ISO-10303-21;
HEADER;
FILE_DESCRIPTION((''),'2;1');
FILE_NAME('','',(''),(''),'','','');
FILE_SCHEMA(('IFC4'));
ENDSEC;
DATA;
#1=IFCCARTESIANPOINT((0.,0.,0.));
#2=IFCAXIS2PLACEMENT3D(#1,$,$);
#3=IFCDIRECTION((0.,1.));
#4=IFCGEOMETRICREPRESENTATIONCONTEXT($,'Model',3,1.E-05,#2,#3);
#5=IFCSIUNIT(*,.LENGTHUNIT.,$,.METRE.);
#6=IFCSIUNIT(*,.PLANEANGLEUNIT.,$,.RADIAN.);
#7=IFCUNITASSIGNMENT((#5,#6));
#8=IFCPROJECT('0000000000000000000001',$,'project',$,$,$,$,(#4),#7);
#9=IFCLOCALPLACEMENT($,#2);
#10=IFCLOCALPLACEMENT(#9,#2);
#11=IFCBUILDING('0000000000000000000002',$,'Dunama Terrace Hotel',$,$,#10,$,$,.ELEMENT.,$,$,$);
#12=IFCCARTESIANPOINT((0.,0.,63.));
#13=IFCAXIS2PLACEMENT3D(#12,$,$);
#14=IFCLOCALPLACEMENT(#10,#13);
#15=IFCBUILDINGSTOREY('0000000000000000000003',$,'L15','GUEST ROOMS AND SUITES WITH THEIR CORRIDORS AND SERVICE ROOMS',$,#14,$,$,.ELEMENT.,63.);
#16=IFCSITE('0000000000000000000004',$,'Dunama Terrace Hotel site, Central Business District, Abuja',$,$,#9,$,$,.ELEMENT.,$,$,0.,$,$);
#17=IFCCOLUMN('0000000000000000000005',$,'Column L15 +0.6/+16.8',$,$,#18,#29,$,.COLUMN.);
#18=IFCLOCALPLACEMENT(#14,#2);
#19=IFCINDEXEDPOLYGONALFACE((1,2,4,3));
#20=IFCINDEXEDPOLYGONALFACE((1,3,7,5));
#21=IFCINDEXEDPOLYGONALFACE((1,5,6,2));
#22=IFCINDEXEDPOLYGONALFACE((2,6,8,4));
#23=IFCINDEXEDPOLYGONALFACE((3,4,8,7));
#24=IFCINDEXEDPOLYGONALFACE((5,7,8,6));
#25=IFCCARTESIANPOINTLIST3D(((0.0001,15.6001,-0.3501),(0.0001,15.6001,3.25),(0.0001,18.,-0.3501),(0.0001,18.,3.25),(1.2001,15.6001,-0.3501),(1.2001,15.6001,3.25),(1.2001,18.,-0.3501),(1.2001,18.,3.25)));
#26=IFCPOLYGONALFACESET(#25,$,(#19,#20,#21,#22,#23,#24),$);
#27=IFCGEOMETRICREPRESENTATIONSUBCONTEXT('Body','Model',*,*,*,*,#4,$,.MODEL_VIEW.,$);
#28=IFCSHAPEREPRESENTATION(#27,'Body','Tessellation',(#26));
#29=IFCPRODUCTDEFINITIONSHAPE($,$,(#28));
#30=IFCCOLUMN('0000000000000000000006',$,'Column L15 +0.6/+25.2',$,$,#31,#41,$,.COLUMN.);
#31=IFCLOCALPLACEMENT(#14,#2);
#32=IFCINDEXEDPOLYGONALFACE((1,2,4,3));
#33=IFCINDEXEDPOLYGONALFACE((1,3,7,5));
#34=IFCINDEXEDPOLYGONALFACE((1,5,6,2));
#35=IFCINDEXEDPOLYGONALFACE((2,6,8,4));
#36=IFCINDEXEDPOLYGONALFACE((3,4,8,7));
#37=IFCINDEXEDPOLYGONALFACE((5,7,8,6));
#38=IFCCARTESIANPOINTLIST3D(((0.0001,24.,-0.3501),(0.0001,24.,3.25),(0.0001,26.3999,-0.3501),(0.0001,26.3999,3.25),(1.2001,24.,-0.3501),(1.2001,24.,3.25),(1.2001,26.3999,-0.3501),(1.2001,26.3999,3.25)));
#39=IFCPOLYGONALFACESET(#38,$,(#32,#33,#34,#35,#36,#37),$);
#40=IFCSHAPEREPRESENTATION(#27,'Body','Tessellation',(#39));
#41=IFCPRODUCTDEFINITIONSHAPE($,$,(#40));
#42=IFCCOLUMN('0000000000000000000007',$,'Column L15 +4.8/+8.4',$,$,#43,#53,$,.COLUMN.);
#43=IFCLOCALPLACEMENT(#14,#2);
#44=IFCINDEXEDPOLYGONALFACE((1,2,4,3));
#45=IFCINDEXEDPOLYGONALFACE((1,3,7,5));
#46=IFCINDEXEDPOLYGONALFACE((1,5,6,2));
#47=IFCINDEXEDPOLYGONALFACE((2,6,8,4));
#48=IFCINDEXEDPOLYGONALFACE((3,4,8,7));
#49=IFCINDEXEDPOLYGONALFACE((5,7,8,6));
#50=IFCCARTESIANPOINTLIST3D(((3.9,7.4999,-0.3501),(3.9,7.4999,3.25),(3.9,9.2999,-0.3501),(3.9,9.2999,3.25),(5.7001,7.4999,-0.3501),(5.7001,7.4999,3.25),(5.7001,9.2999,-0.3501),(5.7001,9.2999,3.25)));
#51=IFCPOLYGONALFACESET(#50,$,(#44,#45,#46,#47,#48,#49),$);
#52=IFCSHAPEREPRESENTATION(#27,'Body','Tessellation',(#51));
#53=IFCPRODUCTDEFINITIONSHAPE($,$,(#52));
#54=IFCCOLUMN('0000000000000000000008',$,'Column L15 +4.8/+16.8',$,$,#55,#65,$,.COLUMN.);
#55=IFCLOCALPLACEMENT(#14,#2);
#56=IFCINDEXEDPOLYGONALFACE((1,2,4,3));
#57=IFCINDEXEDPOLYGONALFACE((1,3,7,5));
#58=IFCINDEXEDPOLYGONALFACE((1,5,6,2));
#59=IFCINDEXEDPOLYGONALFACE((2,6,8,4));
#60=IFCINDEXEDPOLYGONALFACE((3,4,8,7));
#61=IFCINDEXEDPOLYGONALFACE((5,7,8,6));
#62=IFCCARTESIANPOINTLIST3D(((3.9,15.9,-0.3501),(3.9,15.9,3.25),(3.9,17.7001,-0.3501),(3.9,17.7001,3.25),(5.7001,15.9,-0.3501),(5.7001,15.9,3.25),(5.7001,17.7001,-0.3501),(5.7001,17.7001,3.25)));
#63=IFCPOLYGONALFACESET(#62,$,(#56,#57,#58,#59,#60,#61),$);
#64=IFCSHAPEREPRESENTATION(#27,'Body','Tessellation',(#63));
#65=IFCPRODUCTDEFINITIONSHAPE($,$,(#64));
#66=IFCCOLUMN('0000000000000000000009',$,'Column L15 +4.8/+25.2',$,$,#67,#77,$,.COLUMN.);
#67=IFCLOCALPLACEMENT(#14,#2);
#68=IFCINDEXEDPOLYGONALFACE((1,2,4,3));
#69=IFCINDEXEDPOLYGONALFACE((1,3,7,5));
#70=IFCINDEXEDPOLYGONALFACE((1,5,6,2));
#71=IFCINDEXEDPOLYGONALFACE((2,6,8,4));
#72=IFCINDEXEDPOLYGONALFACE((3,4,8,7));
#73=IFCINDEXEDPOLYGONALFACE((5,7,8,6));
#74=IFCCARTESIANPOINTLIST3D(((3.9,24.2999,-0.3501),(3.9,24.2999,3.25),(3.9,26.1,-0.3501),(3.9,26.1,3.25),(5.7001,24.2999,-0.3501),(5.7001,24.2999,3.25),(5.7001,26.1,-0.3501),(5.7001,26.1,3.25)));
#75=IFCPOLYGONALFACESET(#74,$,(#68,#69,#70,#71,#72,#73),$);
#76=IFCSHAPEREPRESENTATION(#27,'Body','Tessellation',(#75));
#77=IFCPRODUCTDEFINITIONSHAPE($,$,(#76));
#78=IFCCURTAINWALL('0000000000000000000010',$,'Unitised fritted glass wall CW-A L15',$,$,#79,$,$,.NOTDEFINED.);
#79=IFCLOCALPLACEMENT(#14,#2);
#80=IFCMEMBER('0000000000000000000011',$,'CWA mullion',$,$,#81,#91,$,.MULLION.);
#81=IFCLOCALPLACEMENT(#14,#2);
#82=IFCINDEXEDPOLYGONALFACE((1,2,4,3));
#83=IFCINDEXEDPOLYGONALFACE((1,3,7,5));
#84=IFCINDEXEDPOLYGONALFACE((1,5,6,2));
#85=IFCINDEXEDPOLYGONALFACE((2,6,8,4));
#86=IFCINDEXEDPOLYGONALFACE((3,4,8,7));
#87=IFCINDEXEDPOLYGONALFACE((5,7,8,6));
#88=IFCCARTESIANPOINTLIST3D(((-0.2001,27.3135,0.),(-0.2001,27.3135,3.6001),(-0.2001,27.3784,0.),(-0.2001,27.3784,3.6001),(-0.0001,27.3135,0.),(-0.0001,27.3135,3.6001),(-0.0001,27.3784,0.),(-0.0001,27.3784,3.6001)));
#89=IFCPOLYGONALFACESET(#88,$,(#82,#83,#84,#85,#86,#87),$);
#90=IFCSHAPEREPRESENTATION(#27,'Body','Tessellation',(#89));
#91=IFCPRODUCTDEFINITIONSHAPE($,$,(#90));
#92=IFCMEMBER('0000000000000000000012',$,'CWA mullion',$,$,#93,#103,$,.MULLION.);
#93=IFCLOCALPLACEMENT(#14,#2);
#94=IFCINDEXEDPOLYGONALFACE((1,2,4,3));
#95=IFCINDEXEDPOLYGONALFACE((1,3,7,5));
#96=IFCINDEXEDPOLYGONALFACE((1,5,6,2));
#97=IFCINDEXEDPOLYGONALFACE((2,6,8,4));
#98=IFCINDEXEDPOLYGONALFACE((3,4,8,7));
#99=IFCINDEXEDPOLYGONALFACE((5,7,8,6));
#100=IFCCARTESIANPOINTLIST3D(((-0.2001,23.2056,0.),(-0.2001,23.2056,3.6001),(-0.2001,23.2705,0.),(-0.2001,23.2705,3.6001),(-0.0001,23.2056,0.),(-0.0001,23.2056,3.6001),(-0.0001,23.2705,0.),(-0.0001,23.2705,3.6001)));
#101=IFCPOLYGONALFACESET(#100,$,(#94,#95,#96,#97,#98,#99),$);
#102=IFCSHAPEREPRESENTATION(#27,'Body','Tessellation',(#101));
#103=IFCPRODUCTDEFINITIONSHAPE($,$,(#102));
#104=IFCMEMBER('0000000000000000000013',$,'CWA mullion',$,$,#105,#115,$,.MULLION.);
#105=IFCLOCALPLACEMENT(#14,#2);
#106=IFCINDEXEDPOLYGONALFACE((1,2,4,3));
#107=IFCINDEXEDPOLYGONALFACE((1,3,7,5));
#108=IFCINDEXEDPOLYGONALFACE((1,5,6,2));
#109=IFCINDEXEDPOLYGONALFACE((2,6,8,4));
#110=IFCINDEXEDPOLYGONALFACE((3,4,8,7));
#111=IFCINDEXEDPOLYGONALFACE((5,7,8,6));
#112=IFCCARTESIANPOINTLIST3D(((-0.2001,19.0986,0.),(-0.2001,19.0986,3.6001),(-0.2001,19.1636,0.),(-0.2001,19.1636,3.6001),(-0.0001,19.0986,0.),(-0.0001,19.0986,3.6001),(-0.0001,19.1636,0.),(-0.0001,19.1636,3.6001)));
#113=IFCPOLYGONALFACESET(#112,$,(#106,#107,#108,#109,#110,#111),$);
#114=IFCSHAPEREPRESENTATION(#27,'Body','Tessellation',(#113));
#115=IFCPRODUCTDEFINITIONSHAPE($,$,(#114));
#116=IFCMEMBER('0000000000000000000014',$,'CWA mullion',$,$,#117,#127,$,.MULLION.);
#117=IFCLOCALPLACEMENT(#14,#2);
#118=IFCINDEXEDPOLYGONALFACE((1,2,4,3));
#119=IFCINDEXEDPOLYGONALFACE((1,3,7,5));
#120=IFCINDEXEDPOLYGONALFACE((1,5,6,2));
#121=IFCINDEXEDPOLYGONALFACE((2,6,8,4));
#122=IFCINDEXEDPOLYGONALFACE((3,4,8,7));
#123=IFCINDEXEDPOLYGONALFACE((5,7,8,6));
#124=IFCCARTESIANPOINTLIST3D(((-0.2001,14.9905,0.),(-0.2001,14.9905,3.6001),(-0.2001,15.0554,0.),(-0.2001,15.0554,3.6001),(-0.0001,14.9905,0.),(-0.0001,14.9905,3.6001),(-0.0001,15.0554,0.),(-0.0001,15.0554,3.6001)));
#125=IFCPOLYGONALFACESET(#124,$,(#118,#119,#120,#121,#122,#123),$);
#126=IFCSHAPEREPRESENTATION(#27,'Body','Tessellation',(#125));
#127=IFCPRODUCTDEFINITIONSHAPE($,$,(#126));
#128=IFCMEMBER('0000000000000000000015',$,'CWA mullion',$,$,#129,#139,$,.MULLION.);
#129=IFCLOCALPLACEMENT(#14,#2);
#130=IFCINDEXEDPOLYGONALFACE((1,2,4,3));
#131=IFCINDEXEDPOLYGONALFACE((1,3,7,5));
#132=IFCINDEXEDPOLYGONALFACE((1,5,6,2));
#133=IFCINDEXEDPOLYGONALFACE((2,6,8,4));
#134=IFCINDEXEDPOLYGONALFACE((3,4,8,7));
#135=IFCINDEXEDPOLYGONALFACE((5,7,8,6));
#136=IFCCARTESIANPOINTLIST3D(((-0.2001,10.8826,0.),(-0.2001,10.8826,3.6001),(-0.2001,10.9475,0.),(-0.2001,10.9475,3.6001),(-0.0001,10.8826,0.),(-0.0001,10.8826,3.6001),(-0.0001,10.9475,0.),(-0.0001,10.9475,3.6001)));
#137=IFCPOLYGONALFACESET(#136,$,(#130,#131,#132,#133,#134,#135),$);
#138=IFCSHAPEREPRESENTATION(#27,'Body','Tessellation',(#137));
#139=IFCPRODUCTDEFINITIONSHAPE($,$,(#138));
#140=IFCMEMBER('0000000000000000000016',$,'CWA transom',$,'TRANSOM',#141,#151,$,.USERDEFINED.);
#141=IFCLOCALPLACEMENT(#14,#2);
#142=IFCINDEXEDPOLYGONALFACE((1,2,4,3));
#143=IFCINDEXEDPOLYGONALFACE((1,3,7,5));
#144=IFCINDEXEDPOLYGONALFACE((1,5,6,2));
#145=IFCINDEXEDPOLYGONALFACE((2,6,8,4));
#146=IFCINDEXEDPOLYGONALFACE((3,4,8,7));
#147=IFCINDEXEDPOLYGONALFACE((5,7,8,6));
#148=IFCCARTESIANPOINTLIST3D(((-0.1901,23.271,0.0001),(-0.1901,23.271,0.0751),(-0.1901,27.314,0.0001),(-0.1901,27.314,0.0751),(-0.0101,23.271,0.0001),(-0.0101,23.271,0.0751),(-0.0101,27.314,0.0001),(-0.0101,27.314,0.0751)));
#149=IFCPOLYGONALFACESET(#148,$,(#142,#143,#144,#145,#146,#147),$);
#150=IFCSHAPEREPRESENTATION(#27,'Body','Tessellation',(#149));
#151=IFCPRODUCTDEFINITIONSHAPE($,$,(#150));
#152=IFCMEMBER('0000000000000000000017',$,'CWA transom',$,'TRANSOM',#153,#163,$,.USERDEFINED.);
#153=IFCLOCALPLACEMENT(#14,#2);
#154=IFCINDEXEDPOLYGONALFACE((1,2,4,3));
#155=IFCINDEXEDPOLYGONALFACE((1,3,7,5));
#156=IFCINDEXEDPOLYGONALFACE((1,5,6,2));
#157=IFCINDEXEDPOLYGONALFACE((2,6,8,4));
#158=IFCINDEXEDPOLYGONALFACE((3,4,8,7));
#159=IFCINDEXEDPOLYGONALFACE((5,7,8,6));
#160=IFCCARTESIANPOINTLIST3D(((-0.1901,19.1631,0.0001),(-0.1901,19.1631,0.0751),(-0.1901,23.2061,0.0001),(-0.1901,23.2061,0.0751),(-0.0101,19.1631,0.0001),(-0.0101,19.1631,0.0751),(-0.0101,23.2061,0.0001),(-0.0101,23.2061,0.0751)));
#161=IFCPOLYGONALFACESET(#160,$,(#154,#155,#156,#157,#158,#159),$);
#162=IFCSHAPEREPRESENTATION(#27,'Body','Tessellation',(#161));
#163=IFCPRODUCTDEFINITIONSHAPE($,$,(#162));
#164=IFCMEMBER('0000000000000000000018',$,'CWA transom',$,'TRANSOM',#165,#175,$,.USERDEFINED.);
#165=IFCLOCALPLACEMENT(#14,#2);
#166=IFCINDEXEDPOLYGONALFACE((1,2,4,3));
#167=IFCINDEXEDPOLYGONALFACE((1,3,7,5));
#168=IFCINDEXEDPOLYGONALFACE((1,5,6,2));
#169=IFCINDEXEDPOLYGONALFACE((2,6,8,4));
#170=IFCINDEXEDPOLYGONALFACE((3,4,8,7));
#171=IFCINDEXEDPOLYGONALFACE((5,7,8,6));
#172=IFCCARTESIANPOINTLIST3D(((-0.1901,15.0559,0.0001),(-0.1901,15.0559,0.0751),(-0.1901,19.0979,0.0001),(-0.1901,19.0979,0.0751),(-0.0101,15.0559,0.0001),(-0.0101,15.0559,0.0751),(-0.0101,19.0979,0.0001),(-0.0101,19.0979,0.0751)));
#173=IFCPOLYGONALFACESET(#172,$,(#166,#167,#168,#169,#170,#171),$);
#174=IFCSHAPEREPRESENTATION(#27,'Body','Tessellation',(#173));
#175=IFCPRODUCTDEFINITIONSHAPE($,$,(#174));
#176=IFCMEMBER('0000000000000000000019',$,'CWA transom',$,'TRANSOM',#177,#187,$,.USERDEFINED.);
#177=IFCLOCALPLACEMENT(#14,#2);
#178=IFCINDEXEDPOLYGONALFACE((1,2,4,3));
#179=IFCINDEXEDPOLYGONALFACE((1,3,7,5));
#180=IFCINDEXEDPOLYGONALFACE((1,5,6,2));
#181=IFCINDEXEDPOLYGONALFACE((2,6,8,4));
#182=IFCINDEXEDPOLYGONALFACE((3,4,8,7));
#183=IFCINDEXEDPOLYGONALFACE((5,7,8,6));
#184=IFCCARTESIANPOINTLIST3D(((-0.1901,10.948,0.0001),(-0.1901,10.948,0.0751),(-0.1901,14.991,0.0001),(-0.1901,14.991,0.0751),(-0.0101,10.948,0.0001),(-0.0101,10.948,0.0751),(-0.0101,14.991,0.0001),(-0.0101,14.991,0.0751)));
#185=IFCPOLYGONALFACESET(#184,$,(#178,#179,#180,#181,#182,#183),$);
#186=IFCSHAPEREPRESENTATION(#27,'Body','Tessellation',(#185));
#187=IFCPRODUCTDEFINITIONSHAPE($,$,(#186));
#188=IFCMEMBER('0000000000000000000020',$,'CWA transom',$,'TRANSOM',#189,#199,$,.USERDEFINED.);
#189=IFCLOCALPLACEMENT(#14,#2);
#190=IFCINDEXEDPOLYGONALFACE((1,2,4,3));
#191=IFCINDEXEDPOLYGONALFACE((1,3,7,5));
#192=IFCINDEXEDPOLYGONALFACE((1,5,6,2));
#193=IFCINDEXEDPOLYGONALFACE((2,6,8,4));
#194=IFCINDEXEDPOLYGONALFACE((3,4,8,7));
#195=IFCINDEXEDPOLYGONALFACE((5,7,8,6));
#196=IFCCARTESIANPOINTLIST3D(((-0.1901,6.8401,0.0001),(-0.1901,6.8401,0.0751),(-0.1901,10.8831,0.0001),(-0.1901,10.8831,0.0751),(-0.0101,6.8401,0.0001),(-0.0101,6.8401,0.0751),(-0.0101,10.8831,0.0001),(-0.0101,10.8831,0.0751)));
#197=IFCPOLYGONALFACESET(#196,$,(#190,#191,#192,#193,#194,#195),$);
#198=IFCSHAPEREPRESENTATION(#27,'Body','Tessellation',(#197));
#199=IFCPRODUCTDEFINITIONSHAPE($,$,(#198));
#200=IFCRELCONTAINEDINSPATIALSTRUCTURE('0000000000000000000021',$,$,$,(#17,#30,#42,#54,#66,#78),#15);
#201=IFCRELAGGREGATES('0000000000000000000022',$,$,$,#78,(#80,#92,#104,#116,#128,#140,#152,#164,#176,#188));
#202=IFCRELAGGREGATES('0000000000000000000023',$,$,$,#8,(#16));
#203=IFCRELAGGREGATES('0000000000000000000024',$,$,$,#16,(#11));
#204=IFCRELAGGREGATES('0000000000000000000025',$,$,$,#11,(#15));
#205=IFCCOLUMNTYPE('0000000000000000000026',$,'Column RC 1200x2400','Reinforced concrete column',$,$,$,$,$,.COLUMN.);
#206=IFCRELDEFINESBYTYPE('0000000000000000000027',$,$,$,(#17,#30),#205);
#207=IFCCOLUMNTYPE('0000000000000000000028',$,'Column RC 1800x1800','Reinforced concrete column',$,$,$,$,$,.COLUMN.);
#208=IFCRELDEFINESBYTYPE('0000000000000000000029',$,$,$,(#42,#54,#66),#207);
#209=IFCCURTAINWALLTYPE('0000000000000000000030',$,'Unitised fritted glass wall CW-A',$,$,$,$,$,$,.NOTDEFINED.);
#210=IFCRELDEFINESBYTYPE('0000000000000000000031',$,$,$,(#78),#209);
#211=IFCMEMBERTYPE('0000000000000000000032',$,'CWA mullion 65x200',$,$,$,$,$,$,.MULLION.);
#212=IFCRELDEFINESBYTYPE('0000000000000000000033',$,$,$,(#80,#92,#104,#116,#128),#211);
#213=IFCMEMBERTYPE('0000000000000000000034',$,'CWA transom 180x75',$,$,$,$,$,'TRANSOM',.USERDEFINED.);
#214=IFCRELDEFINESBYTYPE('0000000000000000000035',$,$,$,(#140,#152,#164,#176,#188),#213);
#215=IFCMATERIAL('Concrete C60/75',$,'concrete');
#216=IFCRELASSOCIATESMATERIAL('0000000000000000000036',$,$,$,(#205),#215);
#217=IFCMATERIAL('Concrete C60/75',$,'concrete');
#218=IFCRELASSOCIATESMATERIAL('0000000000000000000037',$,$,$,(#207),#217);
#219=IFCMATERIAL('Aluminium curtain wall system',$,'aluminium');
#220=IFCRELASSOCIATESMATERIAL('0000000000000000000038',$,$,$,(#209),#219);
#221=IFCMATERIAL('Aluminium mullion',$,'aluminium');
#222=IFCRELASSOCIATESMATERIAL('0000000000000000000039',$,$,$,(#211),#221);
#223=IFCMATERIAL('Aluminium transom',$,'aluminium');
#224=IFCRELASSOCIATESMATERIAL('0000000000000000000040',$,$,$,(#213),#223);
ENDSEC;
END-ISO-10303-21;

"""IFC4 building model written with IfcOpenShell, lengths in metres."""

from ifc_helpers import new_model, si_unit, direction, frame, origin, origin_2d, place, context, subcontext, project, spatial, rectangle, extrude, material, material_profile, profile_set, type_object, element, aggregate, save


model = new_model("IFC4")

# Units and contexts
model_context = context("Model", 3, precision=1e-05, world=origin(), true_north=direction((0.0, 1.0)))
body_context = subcontext(model_context, "Body", "Model", "MODEL_VIEW")
ifc_project = project(units=[si_unit("LENGTHUNIT", "METRE"), si_unit("PLANEANGLEUNIT", "RADIAN")], contexts=[model_context])

# Site, building, storey
site_placement = place(None, origin())
site = spatial("IfcSite", under=ifc_project, at=site_placement, Name="Dunama Terrace Hotel site, Central Business District, Abuja", CompositionType="ELEMENT", RefElevation=0.0)
building_placement = place(site_placement, origin())
building = spatial("IfcBuilding", under=site, at=building_placement, Name="Dunama Terrace Hotel", CompositionType="ELEMENT")
storey_placement = place(building_placement, frame((0.0, 0.0, 63.0)))
storey = spatial("IfcBuildingStorey", under=building, at=storey_placement, Name="L15", Description="GUEST ROOMS AND SUITES WITH THEIR CORRIDORS AND SERVICE ROOMS", CompositionType="ELEMENT", Elevation=63.0)

# Columns
ifc_material_1 = material(Name="Concrete C60/75", Category="concrete")
ifc_material_profile_1 = material_profile(ifc_material_1, rectangle(XDim=1.2, YDim=2.3999, at=origin_2d()), Name="RC 1200x2400")
ifc_profile_set_1 = profile_set([ifc_material_profile_1], Name="Concrete C60/75")
column_type_1 = type_object("IfcColumnType", Name="Column RC 1200x2400", Description="Reinforced concrete column", PredefinedType="COLUMN", material=ifc_profile_set_1)
for number, where, z_axis, x_axis, name in (
    (1, (0.6001, 16.8, -0.3501), (0.0, 0.0, 1.0), (1.0, 0.0, 0.0), "Column L15 +0.6/+16.8"),
    (2, (0.6001, 25.2, -0.3501), (0.0, 0.0, 1.0), (1.0, 0.0, 0.0), "Column L15 +0.6/+25.2"),
):
    element("IfcColumn", number, at=place(storey_placement, frame(where, z_axis=z_axis, x_axis=x_axis)), inside=storey, type_object=column_type_1, Name=name, PredefinedType="COLUMN", context=body_context, shape_type="SweptSolid", body=[
        extrude(rectangle(XDim=1.2, YDim=2.3999, at=origin_2d()), origin(), (0.0, 0.0, 1.0), 3.6001),
    ])
ifc_material_2 = material(Name="Concrete C60/75", Category="concrete")
ifc_material_profile_2 = material_profile(ifc_material_2, rectangle(XDim=1.8, YDim=1.8, at=origin_2d()), Name="RC 1800x1800")
ifc_profile_set_2 = profile_set([ifc_material_profile_2], Name="Concrete C60/75")
column_type_2 = type_object("IfcColumnType", Name="Column RC 1800x1800", Description="Reinforced concrete column", PredefinedType="COLUMN", material=ifc_profile_set_2)
for number, where, z_axis, x_axis, name in (
    (3, (4.8, 8.3999, -0.3501), (0.0, 0.0, 1.0), (1.0, 0.0, 0.0), "Column L15 +4.8/+8.4"),
    (4, (4.8, 16.8, -0.3501), (0.0, 0.0, 1.0), (1.0, 0.0, 0.0), "Column L15 +4.8/+16.8"),
    (5, (4.8, 25.2, -0.3501), (0.0, 0.0, 1.0), (1.0, 0.0, 0.0), "Column L15 +4.8/+25.2"),
):
    element("IfcColumn", number, at=place(storey_placement, frame(where, z_axis=z_axis, x_axis=x_axis)), inside=storey, type_object=column_type_2, Name=name, PredefinedType="COLUMN", context=body_context, shape_type="SweptSolid", body=[
        extrude(rectangle(XDim=1.8, YDim=1.8, at=origin_2d()), origin(), (0.0, 0.0, 1.0), 3.6001),
    ])

# Curtain wall, members
ifc_material_3 = material(Name="Aluminium curtain wall system", Category="aluminium")
curtain_wall_type = type_object("IfcCurtainWallType", Name="Unitised fritted glass wall CW-A", PredefinedType="NOTDEFINED", material=ifc_material_3)
curtain_wall_placement = place(storey_placement, origin())
curtain_wall = element("IfcCurtainWall", 6, at=curtain_wall_placement, inside=storey, type_object=curtain_wall_type, Name="Unitised fritted glass wall CW-A L15", PredefinedType="NOTDEFINED")
ifc_material_4 = material(Name="Aluminium mullion", Category="aluminium")
ifc_material_profile_3 = material_profile(ifc_material_4, rectangle(XDim=0.0649, YDim=0.2, at=origin_2d()), Name="CWA MULLION 65X200")
ifc_profile_set_3 = profile_set([ifc_material_profile_3], Name="Aluminium mullion")
member_type_1 = type_object("IfcMemberType", Name="CWA mullion 65x200", PredefinedType="MULLION", material=ifc_profile_set_3)
member_1_placement = place(storey_placement, frame((-0.1001, 27.3459, 0.0), z_axis=(0.0, 0.0, 1.0), x_axis=(0.0, -1.0, 0.0)))
member_1 = element("IfcMember", 7, at=member_1_placement, type_object=member_type_1, Name="CWA mullion", PredefinedType="MULLION", context=body_context, shape_type="SweptSolid", body=[
    extrude(rectangle(XDim=0.0649, YDim=0.2, at=origin_2d()), origin(), (0.0, 0.0, 1.0), 3.6001),
])
member_2_placement = place(storey_placement, frame((-0.1001, 23.238, 0.0), z_axis=(0.0, 0.0, 1.0), x_axis=(0.0, -1.0, 0.0)))
member_2 = element("IfcMember", 8, at=member_2_placement, type_object=member_type_1, Name="CWA mullion", PredefinedType="MULLION", context=body_context, shape_type="SweptSolid", body=[
    extrude(rectangle(XDim=0.0649, YDim=0.2, at=origin_2d()), origin(), (0.0, 0.0, 1.0), 3.6001),
])
member_3_placement = place(storey_placement, frame((-0.1001, 19.1311, 0.0), z_axis=(0.0, 0.0, 1.0), x_axis=(0.0, -1.0, 0.0)))
member_3 = element("IfcMember", 9, at=member_3_placement, type_object=member_type_1, Name="CWA mullion", PredefinedType="MULLION", context=body_context, shape_type="SweptSolid", body=[
    extrude(rectangle(XDim=0.0649, YDim=0.2, at=origin_2d()), origin(), (0.0, 0.0, 1.0), 3.6001),
])
member_4_placement = place(storey_placement, frame((-0.1001, 15.0229, 0.0), z_axis=(0.0, 0.0, 1.0), x_axis=(0.0, -1.0, 0.0)))
member_4 = element("IfcMember", 10, at=member_4_placement, type_object=member_type_1, Name="CWA mullion", PredefinedType="MULLION", context=body_context, shape_type="SweptSolid", body=[
    extrude(rectangle(XDim=0.0649, YDim=0.2, at=origin_2d()), origin(), (0.0, 0.0, 1.0), 3.6001),
])
member_5_placement = place(storey_placement, frame((-0.1001, 10.915, 0.0), z_axis=(0.0, 0.0, 1.0), x_axis=(0.0, -1.0, 0.0)))
member_5 = element("IfcMember", 11, at=member_5_placement, type_object=member_type_1, Name="CWA mullion", PredefinedType="MULLION", context=body_context, shape_type="SweptSolid", body=[
    extrude(rectangle(XDim=0.0649, YDim=0.2, at=origin_2d()), origin(), (0.0, 0.0, 1.0), 3.6001),
])
ifc_material_5 = material(Name="Aluminium transom", Category="aluminium")
ifc_material_profile_4 = material_profile(ifc_material_5, rectangle(XDim=0.1799, YDim=0.075, at=origin_2d()), Name="CWA TRANSOM 180X75")
ifc_profile_set_4 = profile_set([ifc_material_profile_4], Name="Aluminium transom")
member_type_2 = type_object("IfcMemberType", Name="CWA transom 180x75", ElementType="TRANSOM", PredefinedType="USERDEFINED", material=ifc_profile_set_4)
member_6_placement = place(storey_placement, frame((-0.1001, 27.314, 0.0376), z_axis=(0.0, -1.0, 0.0), x_axis=(1.0, 0.0, 0.0)))
member_6 = element("IfcMember", 12, at=member_6_placement, type_object=member_type_2, Name="CWA transom", ObjectType="TRANSOM", PredefinedType="USERDEFINED", context=body_context, shape_type="SweptSolid", body=[
    extrude(rectangle(XDim=0.1799, YDim=0.075, at=origin_2d()), origin(), (0.0, 0.0, 1.0), 4.043),
])
member_7_placement = place(storey_placement, frame((-0.1001, 23.2061, 0.0376), z_axis=(0.0, -1.0, 0.0), x_axis=(1.0, 0.0, 0.0)))
member_7 = element("IfcMember", 13, at=member_7_placement, type_object=member_type_2, Name="CWA transom", ObjectType="TRANSOM", PredefinedType="USERDEFINED", context=body_context, shape_type="SweptSolid", body=[
    extrude(rectangle(XDim=0.1799, YDim=0.075, at=origin_2d()), origin(), (0.0, 0.0, 1.0), 4.043),
])
member_8_placement = place(storey_placement, frame((-0.1001, 19.0979, 0.0376), z_axis=(0.0, -1.0, 0.0), x_axis=(1.0, 0.0, 0.0)))
member_8 = element("IfcMember", 14, at=member_8_placement, type_object=member_type_2, Name="CWA transom", ObjectType="TRANSOM", PredefinedType="USERDEFINED", context=body_context, shape_type="SweptSolid", body=[
    extrude(rectangle(XDim=0.1799, YDim=0.075, at=origin_2d()), origin(), (0.0, 0.0, 1.0), 4.042),
])
member_9_placement = place(storey_placement, frame((-0.1001, 14.991, 0.0376), z_axis=(0.0, -1.0, 0.0), x_axis=(1.0, 0.0, 0.0)))
member_9 = element("IfcMember", 15, at=member_9_placement, type_object=member_type_2, Name="CWA transom", ObjectType="TRANSOM", PredefinedType="USERDEFINED", context=body_context, shape_type="SweptSolid", body=[
    extrude(rectangle(XDim=0.1799, YDim=0.075, at=origin_2d()), origin(), (0.0, 0.0, 1.0), 4.043),
])
member_10_placement = place(storey_placement, frame((-0.1001, 10.8831, 0.0376), z_axis=(0.0, -1.0, 0.0), x_axis=(1.0, 0.0, 0.0)))
member_10 = element("IfcMember", 16, at=member_10_placement, type_object=member_type_2, Name="CWA transom", ObjectType="TRANSOM", PredefinedType="USERDEFINED", context=body_context, shape_type="SweptSolid", body=[
    extrude(rectangle(XDim=0.1799, YDim=0.075, at=origin_2d()), origin(), (0.0, 0.0, 1.0), 4.043),
])

aggregate(curtain_wall, [member_1, member_2, member_3, member_4, member_5, member_6, member_7, member_8, member_9, member_10])

save(model, "model.ifc")
